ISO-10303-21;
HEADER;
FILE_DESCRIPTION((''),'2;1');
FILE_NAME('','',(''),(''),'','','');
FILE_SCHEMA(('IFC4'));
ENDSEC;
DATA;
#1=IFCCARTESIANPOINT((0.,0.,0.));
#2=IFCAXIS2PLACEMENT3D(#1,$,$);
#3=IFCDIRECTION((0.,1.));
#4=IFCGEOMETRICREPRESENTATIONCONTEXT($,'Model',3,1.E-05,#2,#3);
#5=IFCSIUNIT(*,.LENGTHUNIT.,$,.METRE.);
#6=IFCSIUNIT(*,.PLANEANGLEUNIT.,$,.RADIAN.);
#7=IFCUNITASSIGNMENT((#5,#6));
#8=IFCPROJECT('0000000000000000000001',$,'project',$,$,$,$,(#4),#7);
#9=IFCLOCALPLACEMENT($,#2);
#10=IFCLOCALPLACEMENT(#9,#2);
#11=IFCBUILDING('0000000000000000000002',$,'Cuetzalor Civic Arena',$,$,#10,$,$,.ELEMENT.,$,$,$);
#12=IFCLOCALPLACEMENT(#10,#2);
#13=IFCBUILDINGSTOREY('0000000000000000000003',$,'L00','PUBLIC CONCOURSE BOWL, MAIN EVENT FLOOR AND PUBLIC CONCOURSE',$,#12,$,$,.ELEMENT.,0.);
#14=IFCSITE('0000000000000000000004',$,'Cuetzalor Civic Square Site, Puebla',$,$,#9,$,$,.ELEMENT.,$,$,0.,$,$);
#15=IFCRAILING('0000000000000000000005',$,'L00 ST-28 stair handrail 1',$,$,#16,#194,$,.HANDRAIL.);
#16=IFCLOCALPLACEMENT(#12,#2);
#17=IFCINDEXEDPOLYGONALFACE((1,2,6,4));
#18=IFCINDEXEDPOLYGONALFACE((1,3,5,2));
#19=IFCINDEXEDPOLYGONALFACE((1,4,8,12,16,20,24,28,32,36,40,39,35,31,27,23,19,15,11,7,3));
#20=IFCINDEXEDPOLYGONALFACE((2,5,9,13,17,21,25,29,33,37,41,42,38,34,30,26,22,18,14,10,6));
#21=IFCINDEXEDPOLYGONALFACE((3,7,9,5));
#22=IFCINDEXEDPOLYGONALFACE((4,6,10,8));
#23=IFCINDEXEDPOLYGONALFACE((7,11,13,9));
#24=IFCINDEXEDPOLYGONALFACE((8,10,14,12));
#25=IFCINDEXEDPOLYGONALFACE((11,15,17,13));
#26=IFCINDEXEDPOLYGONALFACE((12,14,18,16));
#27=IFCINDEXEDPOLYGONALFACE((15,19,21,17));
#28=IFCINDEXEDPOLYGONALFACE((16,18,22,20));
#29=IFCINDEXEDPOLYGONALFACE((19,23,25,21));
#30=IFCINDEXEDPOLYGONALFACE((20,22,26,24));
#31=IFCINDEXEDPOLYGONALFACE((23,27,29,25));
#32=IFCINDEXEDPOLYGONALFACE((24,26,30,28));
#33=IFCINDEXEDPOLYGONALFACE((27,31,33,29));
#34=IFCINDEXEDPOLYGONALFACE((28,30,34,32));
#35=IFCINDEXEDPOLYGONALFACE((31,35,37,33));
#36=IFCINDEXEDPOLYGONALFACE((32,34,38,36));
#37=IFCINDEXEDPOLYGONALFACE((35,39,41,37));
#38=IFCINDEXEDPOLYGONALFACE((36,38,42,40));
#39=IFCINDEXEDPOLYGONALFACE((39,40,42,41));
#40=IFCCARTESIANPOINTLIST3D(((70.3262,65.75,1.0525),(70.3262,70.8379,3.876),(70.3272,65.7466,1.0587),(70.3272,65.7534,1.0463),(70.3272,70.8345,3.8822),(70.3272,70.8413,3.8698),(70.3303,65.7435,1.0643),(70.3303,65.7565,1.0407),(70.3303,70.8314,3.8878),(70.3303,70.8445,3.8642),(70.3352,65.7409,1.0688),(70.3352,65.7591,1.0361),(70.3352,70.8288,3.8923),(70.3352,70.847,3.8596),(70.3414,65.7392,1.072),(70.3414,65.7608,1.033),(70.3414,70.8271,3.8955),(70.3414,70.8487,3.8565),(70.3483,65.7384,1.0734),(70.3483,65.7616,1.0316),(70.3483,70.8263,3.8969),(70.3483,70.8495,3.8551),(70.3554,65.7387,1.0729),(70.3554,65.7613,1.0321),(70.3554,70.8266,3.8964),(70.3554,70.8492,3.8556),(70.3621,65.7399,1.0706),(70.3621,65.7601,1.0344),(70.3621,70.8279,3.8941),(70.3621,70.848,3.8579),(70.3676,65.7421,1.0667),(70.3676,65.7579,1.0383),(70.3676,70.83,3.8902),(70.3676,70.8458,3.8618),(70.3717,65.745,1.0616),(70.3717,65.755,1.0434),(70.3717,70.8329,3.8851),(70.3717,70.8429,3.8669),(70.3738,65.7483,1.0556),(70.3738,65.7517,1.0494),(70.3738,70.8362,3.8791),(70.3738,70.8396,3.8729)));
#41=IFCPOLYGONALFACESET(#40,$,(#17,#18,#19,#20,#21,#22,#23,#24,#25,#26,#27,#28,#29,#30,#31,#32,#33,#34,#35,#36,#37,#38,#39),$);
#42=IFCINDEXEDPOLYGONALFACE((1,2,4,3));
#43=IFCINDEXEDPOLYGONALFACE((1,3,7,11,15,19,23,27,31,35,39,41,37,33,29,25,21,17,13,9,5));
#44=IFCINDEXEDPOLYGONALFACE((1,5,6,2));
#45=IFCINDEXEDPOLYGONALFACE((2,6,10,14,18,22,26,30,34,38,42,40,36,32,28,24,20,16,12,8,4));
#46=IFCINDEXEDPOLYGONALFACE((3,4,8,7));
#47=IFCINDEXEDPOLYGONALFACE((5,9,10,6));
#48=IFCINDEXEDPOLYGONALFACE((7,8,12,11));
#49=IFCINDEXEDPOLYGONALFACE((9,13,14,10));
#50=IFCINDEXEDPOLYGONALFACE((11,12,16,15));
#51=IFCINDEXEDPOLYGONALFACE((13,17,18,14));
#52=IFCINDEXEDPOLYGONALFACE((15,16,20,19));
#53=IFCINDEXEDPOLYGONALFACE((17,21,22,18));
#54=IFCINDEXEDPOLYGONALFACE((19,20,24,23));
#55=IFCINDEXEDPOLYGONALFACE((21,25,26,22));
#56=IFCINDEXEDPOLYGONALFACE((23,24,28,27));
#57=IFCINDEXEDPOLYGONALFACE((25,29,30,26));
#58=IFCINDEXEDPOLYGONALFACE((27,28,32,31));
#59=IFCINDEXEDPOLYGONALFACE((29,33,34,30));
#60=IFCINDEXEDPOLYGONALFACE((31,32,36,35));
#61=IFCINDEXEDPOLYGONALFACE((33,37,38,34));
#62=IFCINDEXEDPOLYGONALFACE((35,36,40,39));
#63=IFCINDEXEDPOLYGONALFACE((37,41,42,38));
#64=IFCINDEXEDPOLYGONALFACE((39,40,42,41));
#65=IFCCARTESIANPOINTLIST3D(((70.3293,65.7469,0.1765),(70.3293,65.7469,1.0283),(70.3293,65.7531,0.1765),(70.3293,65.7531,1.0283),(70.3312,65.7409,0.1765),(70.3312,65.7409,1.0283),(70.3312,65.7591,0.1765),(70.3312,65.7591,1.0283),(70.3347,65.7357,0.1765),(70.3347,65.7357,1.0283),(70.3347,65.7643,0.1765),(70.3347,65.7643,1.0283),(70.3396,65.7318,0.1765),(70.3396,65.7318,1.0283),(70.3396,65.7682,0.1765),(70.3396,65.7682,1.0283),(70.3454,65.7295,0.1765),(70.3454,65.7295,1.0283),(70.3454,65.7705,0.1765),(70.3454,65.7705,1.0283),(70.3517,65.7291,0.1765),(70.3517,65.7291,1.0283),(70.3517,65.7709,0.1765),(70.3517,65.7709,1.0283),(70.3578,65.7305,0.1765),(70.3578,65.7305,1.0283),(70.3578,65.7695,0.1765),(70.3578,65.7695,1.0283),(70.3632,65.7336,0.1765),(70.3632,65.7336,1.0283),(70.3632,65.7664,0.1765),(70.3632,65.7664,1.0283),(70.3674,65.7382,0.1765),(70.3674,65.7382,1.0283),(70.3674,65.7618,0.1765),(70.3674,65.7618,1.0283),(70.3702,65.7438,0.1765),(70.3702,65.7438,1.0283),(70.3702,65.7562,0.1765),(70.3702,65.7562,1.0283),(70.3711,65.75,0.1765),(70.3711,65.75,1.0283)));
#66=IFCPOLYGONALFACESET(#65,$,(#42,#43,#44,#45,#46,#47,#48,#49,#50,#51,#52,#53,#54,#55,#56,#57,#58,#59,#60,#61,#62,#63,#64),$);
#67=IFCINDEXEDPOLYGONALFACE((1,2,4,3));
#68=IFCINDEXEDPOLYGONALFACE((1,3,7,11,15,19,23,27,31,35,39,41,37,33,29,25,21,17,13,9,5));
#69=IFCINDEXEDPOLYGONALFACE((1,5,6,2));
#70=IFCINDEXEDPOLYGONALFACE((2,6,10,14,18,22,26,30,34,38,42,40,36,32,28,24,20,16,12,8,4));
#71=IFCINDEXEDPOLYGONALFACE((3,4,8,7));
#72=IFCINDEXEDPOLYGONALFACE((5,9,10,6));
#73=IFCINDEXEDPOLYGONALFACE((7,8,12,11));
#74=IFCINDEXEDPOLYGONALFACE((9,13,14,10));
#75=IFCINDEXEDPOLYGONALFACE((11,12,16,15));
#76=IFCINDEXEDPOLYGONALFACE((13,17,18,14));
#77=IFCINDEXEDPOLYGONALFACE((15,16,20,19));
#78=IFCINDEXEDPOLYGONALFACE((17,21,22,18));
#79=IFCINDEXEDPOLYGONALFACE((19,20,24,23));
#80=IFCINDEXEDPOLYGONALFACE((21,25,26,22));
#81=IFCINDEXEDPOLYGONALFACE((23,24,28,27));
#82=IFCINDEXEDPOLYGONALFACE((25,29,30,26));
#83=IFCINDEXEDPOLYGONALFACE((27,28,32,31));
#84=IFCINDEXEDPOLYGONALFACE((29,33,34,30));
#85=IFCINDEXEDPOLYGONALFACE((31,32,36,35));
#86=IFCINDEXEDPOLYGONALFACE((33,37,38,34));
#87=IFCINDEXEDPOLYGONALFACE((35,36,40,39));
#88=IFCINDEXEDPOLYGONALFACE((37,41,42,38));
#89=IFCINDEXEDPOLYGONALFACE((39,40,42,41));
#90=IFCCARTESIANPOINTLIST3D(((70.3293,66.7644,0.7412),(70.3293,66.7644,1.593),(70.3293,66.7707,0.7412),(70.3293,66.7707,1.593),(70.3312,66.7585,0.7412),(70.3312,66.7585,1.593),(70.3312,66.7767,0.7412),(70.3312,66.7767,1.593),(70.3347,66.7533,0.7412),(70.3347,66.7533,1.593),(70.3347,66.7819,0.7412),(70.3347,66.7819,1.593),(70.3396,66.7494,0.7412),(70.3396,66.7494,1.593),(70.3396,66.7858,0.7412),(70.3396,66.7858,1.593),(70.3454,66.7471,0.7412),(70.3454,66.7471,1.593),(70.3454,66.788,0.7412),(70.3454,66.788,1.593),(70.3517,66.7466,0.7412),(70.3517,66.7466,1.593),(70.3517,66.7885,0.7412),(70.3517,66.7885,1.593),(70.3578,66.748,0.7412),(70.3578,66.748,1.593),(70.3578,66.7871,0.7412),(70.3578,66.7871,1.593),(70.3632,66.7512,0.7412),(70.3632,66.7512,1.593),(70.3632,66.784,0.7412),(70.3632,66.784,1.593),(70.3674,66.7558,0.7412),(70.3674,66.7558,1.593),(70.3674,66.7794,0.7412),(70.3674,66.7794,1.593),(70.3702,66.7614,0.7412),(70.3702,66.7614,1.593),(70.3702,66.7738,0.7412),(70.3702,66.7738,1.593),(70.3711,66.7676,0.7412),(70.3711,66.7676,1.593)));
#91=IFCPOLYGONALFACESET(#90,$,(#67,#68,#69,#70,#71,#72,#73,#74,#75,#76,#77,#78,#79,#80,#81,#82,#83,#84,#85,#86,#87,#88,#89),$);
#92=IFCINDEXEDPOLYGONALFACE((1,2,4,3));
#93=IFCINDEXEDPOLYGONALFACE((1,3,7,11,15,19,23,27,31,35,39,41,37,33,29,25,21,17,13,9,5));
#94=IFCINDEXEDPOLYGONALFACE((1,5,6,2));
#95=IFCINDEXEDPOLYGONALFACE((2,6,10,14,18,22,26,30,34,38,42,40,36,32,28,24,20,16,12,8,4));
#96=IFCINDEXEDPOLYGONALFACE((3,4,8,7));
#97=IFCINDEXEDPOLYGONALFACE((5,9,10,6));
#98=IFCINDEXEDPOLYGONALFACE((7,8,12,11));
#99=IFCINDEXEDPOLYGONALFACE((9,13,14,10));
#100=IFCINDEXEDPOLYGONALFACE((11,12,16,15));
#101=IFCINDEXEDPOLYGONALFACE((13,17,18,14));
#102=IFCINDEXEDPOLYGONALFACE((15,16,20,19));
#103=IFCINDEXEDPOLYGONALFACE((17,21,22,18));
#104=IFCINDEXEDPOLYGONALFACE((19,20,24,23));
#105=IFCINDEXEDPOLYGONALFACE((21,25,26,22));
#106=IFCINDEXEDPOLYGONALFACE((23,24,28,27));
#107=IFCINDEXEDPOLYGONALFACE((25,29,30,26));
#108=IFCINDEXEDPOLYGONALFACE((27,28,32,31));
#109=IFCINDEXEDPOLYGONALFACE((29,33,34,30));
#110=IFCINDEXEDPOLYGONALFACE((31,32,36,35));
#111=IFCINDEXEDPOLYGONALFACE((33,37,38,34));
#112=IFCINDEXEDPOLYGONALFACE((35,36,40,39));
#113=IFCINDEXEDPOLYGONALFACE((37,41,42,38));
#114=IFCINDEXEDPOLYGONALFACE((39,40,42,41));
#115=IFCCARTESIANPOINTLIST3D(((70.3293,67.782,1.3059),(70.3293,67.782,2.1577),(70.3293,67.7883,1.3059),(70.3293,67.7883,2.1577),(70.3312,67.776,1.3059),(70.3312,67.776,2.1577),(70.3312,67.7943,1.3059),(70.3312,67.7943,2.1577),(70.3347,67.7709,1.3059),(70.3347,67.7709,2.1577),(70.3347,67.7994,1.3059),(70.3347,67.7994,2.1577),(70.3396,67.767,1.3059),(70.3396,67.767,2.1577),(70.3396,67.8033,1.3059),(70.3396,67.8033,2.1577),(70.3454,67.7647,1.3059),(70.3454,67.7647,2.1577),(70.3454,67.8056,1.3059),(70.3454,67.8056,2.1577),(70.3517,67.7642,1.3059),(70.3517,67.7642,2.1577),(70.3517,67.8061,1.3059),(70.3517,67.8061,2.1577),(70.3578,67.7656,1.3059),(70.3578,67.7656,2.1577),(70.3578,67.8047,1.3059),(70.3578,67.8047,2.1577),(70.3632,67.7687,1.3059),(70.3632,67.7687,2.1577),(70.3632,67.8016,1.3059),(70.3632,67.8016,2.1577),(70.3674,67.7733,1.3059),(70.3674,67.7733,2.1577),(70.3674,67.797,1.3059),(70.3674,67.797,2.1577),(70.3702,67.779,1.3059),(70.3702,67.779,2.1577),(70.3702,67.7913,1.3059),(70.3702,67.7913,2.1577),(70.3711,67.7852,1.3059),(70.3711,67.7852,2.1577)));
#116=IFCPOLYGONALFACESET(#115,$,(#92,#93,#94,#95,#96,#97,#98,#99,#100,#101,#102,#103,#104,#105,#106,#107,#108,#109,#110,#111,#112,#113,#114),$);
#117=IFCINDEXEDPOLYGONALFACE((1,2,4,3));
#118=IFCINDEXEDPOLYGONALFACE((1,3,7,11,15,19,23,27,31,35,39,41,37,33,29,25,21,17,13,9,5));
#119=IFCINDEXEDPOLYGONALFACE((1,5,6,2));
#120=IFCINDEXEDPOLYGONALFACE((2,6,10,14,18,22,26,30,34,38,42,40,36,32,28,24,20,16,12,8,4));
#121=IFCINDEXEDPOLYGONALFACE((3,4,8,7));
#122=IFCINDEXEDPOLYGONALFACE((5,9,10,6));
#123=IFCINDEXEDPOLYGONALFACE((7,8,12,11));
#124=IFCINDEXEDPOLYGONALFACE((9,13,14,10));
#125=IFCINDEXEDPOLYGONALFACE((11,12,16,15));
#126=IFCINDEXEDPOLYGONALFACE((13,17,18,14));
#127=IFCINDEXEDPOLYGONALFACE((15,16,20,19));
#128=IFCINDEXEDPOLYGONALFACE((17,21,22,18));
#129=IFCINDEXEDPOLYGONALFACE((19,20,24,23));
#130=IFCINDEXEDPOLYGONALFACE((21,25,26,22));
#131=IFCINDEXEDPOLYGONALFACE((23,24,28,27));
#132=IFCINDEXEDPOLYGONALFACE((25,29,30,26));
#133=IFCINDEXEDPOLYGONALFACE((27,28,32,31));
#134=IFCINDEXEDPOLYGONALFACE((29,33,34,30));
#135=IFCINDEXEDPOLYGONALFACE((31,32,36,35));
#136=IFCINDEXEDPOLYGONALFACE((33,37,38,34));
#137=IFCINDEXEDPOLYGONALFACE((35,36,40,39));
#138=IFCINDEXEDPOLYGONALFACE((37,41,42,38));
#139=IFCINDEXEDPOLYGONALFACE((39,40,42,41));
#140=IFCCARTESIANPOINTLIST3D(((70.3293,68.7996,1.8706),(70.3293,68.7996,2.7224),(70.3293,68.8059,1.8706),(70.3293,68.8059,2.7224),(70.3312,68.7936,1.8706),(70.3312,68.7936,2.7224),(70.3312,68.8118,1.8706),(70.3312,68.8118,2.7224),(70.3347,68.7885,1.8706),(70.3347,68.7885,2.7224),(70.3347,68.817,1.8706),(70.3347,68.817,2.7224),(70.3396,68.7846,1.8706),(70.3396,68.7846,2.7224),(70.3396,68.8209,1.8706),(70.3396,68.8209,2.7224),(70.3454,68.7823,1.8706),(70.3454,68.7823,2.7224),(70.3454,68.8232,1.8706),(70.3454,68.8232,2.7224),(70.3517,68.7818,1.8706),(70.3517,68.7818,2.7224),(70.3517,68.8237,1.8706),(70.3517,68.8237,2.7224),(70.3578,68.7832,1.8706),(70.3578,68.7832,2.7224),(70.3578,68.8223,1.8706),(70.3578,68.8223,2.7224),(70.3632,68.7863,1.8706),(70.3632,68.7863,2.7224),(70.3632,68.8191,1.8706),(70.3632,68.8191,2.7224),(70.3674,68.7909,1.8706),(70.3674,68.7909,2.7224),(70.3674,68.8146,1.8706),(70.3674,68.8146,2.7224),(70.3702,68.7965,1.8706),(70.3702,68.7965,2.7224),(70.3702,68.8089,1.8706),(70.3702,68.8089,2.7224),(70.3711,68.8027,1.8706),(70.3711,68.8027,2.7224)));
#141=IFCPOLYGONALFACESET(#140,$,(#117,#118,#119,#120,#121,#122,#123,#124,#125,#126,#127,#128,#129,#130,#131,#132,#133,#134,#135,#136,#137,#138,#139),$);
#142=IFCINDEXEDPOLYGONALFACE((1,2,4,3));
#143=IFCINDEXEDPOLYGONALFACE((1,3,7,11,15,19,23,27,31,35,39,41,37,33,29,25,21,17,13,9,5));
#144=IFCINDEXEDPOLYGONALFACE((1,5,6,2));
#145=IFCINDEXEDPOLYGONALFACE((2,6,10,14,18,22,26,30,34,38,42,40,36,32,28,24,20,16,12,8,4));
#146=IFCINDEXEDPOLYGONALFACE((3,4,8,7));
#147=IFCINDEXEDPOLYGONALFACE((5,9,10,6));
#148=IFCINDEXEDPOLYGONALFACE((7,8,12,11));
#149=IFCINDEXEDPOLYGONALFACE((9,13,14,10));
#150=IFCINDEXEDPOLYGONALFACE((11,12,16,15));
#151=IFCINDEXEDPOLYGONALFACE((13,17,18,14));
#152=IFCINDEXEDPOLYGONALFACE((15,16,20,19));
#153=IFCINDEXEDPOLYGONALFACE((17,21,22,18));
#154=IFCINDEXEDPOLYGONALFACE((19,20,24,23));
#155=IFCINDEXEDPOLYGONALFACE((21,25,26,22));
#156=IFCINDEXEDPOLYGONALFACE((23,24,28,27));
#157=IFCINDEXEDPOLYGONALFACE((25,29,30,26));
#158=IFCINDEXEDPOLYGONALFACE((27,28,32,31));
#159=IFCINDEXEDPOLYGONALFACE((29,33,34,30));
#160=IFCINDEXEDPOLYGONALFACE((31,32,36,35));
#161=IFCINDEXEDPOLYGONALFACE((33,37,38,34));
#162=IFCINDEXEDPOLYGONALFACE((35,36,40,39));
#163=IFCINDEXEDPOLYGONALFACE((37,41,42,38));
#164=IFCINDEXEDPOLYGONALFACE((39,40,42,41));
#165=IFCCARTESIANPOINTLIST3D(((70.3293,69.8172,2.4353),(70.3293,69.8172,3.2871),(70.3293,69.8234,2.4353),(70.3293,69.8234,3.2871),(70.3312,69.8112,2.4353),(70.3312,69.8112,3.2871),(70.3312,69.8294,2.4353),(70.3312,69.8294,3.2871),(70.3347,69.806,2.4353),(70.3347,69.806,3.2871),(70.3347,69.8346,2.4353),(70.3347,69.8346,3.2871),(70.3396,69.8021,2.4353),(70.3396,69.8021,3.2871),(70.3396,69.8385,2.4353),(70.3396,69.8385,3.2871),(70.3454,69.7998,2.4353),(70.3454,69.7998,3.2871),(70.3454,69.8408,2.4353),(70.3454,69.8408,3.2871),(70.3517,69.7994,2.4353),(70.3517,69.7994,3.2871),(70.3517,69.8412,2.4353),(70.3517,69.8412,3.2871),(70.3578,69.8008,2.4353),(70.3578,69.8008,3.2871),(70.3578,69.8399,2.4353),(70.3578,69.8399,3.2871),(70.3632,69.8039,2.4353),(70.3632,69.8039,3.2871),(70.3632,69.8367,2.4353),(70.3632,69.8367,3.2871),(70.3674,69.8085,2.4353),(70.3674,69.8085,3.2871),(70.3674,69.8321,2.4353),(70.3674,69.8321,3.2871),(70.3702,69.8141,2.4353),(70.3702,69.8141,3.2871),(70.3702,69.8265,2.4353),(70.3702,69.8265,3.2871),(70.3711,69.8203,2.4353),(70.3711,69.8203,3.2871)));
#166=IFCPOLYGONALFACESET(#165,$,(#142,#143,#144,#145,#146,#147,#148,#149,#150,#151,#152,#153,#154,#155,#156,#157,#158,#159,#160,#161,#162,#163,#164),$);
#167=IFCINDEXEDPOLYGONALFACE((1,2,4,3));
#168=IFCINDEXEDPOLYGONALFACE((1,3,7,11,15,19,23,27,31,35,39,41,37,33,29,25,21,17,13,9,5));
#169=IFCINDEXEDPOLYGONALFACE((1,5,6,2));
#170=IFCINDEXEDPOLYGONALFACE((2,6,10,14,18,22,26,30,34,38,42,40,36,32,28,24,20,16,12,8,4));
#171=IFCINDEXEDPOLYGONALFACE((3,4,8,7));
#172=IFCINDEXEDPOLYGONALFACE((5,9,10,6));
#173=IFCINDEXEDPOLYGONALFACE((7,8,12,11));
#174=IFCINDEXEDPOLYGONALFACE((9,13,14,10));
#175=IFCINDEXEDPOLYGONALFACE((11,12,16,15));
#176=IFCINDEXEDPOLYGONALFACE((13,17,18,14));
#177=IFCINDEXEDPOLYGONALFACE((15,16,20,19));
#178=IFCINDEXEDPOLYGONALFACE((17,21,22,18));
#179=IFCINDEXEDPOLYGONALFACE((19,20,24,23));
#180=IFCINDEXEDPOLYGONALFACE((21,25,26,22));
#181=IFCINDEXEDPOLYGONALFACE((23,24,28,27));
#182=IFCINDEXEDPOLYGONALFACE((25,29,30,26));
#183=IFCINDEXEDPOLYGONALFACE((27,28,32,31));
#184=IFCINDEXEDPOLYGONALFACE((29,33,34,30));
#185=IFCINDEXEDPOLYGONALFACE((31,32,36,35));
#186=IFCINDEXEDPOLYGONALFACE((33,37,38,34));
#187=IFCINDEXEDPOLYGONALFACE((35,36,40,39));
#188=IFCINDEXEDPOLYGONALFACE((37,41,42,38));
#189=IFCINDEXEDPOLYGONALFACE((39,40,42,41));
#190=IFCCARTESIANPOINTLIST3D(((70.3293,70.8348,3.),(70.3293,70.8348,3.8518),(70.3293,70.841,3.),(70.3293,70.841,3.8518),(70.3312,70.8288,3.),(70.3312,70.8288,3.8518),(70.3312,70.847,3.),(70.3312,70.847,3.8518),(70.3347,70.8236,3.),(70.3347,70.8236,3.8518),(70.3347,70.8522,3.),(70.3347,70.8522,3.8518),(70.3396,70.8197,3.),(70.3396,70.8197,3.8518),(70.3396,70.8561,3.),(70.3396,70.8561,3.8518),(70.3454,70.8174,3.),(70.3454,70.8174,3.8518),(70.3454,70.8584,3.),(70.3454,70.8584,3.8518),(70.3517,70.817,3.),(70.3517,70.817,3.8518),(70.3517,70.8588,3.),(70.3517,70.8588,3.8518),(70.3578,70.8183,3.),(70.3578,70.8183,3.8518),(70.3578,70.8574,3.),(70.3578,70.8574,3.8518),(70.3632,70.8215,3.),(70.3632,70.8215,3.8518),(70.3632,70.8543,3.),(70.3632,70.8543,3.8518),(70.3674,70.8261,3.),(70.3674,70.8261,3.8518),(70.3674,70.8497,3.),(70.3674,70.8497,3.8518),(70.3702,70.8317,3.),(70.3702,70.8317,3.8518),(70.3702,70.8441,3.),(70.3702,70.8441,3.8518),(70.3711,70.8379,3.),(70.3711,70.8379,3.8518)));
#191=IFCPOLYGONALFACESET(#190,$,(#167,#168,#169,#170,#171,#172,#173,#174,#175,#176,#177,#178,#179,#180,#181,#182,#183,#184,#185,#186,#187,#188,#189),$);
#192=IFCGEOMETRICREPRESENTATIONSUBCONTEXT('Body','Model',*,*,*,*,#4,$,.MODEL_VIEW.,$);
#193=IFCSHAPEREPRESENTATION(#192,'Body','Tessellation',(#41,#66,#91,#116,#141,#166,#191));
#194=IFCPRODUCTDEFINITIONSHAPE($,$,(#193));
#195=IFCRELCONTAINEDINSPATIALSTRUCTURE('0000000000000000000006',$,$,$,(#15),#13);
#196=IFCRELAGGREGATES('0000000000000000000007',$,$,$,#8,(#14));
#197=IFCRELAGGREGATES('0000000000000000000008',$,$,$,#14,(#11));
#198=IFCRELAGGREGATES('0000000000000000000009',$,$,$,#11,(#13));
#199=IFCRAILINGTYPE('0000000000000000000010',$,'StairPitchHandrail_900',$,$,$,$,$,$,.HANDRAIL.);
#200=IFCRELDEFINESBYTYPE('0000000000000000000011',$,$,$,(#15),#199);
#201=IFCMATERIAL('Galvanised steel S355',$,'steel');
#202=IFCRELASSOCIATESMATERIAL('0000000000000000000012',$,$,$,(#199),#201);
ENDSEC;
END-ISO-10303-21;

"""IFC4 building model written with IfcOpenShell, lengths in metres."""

from ifc_helpers import new_model, si_unit, direction, frame, origin, origin_2d, place, context, subcontext, project, spatial, circle, extrude, material, type_object, element, save


model = new_model("IFC4")

# Units and contexts
model_context = context("Model", 3, precision=1e-05, world=origin(), true_north=direction((0.0, 1.0)))
body_context = subcontext(model_context, "Body", "Model", "MODEL_VIEW")
ifc_project = project(units=[si_unit("LENGTHUNIT", "METRE"), si_unit("PLANEANGLEUNIT", "RADIAN")], contexts=[model_context])

# Site, building, storey
site_placement = place(None, origin())
site = spatial("IfcSite", under=ifc_project, at=site_placement, Name="Cuetzalor Civic Square Site, Puebla", CompositionType="ELEMENT", RefElevation=0.0)
building_placement = place(site_placement, origin())
building = spatial("IfcBuilding", under=site, at=building_placement, Name="Cuetzalor Civic Arena", CompositionType="ELEMENT")
storey_placement = place(building_placement, origin())
storey = spatial("IfcBuildingStorey", under=building, at=storey_placement, Name="L00", Description="PUBLIC CONCOURSE BOWL, MAIN EVENT FLOOR AND PUBLIC CONCOURSE", CompositionType="ELEMENT", Elevation=0.0)

# Railing
ifc_material_1 = material(Name="Galvanised steel S355", Category="steel")
railing_type_1 = type_object("IfcRailingType", Name="StairPitchHandrail_900", PredefinedType="HANDRAIL", material=ifc_material_1)
railing_1_placement = place(storey_placement, frame((70.3501, 65.75, 0.1765)))
element("IfcRailing", 1, at=railing_1_placement, inside=storey, type_object=railing_type_1, Name="L00 ST-28 stair handrail 1", PredefinedType="HANDRAIL", context=body_context, shape_type="SweptSolid", body=[
    extrude(circle(Radius=0.0239, at=origin_2d()), frame((0.0, 0.0, 0.876), z_axis=(0.0, 0.874385, 0.485233), x_axis=(-1.0, 0.0, 0.0)), (0.0, 0.0, 1.0), 5.8188),
    extrude(circle(Radius=0.021, at=origin_2d()), origin(), (0.0, 0.0, 1.0), 0.8518),
    extrude(circle(Radius=0.021, at=origin_2d()), frame((0.0, 1.0176, 0.5647)), (0.0, 0.0, 1.0), 0.8518),
    extrude(circle(Radius=0.021, at=origin_2d()), frame((0.0, 2.0352, 1.1294)), (0.0, 0.0, 1.0), 0.8518),
    extrude(circle(Radius=0.021, at=origin_2d()), frame((0.0, 3.0527, 1.6941)), (0.0, 0.0, 1.0), 0.8518),
    extrude(circle(Radius=0.021, at=origin_2d()), frame((0.0, 4.0703, 2.2588)), (0.0, 0.0, 1.0), 0.8518),
    extrude(circle(Radius=0.021, at=origin_2d()), frame((0.0, 5.0879, 2.8235)), (0.0, 0.0, 1.0), 0.8518),
])

save(model, "model.ifc")
